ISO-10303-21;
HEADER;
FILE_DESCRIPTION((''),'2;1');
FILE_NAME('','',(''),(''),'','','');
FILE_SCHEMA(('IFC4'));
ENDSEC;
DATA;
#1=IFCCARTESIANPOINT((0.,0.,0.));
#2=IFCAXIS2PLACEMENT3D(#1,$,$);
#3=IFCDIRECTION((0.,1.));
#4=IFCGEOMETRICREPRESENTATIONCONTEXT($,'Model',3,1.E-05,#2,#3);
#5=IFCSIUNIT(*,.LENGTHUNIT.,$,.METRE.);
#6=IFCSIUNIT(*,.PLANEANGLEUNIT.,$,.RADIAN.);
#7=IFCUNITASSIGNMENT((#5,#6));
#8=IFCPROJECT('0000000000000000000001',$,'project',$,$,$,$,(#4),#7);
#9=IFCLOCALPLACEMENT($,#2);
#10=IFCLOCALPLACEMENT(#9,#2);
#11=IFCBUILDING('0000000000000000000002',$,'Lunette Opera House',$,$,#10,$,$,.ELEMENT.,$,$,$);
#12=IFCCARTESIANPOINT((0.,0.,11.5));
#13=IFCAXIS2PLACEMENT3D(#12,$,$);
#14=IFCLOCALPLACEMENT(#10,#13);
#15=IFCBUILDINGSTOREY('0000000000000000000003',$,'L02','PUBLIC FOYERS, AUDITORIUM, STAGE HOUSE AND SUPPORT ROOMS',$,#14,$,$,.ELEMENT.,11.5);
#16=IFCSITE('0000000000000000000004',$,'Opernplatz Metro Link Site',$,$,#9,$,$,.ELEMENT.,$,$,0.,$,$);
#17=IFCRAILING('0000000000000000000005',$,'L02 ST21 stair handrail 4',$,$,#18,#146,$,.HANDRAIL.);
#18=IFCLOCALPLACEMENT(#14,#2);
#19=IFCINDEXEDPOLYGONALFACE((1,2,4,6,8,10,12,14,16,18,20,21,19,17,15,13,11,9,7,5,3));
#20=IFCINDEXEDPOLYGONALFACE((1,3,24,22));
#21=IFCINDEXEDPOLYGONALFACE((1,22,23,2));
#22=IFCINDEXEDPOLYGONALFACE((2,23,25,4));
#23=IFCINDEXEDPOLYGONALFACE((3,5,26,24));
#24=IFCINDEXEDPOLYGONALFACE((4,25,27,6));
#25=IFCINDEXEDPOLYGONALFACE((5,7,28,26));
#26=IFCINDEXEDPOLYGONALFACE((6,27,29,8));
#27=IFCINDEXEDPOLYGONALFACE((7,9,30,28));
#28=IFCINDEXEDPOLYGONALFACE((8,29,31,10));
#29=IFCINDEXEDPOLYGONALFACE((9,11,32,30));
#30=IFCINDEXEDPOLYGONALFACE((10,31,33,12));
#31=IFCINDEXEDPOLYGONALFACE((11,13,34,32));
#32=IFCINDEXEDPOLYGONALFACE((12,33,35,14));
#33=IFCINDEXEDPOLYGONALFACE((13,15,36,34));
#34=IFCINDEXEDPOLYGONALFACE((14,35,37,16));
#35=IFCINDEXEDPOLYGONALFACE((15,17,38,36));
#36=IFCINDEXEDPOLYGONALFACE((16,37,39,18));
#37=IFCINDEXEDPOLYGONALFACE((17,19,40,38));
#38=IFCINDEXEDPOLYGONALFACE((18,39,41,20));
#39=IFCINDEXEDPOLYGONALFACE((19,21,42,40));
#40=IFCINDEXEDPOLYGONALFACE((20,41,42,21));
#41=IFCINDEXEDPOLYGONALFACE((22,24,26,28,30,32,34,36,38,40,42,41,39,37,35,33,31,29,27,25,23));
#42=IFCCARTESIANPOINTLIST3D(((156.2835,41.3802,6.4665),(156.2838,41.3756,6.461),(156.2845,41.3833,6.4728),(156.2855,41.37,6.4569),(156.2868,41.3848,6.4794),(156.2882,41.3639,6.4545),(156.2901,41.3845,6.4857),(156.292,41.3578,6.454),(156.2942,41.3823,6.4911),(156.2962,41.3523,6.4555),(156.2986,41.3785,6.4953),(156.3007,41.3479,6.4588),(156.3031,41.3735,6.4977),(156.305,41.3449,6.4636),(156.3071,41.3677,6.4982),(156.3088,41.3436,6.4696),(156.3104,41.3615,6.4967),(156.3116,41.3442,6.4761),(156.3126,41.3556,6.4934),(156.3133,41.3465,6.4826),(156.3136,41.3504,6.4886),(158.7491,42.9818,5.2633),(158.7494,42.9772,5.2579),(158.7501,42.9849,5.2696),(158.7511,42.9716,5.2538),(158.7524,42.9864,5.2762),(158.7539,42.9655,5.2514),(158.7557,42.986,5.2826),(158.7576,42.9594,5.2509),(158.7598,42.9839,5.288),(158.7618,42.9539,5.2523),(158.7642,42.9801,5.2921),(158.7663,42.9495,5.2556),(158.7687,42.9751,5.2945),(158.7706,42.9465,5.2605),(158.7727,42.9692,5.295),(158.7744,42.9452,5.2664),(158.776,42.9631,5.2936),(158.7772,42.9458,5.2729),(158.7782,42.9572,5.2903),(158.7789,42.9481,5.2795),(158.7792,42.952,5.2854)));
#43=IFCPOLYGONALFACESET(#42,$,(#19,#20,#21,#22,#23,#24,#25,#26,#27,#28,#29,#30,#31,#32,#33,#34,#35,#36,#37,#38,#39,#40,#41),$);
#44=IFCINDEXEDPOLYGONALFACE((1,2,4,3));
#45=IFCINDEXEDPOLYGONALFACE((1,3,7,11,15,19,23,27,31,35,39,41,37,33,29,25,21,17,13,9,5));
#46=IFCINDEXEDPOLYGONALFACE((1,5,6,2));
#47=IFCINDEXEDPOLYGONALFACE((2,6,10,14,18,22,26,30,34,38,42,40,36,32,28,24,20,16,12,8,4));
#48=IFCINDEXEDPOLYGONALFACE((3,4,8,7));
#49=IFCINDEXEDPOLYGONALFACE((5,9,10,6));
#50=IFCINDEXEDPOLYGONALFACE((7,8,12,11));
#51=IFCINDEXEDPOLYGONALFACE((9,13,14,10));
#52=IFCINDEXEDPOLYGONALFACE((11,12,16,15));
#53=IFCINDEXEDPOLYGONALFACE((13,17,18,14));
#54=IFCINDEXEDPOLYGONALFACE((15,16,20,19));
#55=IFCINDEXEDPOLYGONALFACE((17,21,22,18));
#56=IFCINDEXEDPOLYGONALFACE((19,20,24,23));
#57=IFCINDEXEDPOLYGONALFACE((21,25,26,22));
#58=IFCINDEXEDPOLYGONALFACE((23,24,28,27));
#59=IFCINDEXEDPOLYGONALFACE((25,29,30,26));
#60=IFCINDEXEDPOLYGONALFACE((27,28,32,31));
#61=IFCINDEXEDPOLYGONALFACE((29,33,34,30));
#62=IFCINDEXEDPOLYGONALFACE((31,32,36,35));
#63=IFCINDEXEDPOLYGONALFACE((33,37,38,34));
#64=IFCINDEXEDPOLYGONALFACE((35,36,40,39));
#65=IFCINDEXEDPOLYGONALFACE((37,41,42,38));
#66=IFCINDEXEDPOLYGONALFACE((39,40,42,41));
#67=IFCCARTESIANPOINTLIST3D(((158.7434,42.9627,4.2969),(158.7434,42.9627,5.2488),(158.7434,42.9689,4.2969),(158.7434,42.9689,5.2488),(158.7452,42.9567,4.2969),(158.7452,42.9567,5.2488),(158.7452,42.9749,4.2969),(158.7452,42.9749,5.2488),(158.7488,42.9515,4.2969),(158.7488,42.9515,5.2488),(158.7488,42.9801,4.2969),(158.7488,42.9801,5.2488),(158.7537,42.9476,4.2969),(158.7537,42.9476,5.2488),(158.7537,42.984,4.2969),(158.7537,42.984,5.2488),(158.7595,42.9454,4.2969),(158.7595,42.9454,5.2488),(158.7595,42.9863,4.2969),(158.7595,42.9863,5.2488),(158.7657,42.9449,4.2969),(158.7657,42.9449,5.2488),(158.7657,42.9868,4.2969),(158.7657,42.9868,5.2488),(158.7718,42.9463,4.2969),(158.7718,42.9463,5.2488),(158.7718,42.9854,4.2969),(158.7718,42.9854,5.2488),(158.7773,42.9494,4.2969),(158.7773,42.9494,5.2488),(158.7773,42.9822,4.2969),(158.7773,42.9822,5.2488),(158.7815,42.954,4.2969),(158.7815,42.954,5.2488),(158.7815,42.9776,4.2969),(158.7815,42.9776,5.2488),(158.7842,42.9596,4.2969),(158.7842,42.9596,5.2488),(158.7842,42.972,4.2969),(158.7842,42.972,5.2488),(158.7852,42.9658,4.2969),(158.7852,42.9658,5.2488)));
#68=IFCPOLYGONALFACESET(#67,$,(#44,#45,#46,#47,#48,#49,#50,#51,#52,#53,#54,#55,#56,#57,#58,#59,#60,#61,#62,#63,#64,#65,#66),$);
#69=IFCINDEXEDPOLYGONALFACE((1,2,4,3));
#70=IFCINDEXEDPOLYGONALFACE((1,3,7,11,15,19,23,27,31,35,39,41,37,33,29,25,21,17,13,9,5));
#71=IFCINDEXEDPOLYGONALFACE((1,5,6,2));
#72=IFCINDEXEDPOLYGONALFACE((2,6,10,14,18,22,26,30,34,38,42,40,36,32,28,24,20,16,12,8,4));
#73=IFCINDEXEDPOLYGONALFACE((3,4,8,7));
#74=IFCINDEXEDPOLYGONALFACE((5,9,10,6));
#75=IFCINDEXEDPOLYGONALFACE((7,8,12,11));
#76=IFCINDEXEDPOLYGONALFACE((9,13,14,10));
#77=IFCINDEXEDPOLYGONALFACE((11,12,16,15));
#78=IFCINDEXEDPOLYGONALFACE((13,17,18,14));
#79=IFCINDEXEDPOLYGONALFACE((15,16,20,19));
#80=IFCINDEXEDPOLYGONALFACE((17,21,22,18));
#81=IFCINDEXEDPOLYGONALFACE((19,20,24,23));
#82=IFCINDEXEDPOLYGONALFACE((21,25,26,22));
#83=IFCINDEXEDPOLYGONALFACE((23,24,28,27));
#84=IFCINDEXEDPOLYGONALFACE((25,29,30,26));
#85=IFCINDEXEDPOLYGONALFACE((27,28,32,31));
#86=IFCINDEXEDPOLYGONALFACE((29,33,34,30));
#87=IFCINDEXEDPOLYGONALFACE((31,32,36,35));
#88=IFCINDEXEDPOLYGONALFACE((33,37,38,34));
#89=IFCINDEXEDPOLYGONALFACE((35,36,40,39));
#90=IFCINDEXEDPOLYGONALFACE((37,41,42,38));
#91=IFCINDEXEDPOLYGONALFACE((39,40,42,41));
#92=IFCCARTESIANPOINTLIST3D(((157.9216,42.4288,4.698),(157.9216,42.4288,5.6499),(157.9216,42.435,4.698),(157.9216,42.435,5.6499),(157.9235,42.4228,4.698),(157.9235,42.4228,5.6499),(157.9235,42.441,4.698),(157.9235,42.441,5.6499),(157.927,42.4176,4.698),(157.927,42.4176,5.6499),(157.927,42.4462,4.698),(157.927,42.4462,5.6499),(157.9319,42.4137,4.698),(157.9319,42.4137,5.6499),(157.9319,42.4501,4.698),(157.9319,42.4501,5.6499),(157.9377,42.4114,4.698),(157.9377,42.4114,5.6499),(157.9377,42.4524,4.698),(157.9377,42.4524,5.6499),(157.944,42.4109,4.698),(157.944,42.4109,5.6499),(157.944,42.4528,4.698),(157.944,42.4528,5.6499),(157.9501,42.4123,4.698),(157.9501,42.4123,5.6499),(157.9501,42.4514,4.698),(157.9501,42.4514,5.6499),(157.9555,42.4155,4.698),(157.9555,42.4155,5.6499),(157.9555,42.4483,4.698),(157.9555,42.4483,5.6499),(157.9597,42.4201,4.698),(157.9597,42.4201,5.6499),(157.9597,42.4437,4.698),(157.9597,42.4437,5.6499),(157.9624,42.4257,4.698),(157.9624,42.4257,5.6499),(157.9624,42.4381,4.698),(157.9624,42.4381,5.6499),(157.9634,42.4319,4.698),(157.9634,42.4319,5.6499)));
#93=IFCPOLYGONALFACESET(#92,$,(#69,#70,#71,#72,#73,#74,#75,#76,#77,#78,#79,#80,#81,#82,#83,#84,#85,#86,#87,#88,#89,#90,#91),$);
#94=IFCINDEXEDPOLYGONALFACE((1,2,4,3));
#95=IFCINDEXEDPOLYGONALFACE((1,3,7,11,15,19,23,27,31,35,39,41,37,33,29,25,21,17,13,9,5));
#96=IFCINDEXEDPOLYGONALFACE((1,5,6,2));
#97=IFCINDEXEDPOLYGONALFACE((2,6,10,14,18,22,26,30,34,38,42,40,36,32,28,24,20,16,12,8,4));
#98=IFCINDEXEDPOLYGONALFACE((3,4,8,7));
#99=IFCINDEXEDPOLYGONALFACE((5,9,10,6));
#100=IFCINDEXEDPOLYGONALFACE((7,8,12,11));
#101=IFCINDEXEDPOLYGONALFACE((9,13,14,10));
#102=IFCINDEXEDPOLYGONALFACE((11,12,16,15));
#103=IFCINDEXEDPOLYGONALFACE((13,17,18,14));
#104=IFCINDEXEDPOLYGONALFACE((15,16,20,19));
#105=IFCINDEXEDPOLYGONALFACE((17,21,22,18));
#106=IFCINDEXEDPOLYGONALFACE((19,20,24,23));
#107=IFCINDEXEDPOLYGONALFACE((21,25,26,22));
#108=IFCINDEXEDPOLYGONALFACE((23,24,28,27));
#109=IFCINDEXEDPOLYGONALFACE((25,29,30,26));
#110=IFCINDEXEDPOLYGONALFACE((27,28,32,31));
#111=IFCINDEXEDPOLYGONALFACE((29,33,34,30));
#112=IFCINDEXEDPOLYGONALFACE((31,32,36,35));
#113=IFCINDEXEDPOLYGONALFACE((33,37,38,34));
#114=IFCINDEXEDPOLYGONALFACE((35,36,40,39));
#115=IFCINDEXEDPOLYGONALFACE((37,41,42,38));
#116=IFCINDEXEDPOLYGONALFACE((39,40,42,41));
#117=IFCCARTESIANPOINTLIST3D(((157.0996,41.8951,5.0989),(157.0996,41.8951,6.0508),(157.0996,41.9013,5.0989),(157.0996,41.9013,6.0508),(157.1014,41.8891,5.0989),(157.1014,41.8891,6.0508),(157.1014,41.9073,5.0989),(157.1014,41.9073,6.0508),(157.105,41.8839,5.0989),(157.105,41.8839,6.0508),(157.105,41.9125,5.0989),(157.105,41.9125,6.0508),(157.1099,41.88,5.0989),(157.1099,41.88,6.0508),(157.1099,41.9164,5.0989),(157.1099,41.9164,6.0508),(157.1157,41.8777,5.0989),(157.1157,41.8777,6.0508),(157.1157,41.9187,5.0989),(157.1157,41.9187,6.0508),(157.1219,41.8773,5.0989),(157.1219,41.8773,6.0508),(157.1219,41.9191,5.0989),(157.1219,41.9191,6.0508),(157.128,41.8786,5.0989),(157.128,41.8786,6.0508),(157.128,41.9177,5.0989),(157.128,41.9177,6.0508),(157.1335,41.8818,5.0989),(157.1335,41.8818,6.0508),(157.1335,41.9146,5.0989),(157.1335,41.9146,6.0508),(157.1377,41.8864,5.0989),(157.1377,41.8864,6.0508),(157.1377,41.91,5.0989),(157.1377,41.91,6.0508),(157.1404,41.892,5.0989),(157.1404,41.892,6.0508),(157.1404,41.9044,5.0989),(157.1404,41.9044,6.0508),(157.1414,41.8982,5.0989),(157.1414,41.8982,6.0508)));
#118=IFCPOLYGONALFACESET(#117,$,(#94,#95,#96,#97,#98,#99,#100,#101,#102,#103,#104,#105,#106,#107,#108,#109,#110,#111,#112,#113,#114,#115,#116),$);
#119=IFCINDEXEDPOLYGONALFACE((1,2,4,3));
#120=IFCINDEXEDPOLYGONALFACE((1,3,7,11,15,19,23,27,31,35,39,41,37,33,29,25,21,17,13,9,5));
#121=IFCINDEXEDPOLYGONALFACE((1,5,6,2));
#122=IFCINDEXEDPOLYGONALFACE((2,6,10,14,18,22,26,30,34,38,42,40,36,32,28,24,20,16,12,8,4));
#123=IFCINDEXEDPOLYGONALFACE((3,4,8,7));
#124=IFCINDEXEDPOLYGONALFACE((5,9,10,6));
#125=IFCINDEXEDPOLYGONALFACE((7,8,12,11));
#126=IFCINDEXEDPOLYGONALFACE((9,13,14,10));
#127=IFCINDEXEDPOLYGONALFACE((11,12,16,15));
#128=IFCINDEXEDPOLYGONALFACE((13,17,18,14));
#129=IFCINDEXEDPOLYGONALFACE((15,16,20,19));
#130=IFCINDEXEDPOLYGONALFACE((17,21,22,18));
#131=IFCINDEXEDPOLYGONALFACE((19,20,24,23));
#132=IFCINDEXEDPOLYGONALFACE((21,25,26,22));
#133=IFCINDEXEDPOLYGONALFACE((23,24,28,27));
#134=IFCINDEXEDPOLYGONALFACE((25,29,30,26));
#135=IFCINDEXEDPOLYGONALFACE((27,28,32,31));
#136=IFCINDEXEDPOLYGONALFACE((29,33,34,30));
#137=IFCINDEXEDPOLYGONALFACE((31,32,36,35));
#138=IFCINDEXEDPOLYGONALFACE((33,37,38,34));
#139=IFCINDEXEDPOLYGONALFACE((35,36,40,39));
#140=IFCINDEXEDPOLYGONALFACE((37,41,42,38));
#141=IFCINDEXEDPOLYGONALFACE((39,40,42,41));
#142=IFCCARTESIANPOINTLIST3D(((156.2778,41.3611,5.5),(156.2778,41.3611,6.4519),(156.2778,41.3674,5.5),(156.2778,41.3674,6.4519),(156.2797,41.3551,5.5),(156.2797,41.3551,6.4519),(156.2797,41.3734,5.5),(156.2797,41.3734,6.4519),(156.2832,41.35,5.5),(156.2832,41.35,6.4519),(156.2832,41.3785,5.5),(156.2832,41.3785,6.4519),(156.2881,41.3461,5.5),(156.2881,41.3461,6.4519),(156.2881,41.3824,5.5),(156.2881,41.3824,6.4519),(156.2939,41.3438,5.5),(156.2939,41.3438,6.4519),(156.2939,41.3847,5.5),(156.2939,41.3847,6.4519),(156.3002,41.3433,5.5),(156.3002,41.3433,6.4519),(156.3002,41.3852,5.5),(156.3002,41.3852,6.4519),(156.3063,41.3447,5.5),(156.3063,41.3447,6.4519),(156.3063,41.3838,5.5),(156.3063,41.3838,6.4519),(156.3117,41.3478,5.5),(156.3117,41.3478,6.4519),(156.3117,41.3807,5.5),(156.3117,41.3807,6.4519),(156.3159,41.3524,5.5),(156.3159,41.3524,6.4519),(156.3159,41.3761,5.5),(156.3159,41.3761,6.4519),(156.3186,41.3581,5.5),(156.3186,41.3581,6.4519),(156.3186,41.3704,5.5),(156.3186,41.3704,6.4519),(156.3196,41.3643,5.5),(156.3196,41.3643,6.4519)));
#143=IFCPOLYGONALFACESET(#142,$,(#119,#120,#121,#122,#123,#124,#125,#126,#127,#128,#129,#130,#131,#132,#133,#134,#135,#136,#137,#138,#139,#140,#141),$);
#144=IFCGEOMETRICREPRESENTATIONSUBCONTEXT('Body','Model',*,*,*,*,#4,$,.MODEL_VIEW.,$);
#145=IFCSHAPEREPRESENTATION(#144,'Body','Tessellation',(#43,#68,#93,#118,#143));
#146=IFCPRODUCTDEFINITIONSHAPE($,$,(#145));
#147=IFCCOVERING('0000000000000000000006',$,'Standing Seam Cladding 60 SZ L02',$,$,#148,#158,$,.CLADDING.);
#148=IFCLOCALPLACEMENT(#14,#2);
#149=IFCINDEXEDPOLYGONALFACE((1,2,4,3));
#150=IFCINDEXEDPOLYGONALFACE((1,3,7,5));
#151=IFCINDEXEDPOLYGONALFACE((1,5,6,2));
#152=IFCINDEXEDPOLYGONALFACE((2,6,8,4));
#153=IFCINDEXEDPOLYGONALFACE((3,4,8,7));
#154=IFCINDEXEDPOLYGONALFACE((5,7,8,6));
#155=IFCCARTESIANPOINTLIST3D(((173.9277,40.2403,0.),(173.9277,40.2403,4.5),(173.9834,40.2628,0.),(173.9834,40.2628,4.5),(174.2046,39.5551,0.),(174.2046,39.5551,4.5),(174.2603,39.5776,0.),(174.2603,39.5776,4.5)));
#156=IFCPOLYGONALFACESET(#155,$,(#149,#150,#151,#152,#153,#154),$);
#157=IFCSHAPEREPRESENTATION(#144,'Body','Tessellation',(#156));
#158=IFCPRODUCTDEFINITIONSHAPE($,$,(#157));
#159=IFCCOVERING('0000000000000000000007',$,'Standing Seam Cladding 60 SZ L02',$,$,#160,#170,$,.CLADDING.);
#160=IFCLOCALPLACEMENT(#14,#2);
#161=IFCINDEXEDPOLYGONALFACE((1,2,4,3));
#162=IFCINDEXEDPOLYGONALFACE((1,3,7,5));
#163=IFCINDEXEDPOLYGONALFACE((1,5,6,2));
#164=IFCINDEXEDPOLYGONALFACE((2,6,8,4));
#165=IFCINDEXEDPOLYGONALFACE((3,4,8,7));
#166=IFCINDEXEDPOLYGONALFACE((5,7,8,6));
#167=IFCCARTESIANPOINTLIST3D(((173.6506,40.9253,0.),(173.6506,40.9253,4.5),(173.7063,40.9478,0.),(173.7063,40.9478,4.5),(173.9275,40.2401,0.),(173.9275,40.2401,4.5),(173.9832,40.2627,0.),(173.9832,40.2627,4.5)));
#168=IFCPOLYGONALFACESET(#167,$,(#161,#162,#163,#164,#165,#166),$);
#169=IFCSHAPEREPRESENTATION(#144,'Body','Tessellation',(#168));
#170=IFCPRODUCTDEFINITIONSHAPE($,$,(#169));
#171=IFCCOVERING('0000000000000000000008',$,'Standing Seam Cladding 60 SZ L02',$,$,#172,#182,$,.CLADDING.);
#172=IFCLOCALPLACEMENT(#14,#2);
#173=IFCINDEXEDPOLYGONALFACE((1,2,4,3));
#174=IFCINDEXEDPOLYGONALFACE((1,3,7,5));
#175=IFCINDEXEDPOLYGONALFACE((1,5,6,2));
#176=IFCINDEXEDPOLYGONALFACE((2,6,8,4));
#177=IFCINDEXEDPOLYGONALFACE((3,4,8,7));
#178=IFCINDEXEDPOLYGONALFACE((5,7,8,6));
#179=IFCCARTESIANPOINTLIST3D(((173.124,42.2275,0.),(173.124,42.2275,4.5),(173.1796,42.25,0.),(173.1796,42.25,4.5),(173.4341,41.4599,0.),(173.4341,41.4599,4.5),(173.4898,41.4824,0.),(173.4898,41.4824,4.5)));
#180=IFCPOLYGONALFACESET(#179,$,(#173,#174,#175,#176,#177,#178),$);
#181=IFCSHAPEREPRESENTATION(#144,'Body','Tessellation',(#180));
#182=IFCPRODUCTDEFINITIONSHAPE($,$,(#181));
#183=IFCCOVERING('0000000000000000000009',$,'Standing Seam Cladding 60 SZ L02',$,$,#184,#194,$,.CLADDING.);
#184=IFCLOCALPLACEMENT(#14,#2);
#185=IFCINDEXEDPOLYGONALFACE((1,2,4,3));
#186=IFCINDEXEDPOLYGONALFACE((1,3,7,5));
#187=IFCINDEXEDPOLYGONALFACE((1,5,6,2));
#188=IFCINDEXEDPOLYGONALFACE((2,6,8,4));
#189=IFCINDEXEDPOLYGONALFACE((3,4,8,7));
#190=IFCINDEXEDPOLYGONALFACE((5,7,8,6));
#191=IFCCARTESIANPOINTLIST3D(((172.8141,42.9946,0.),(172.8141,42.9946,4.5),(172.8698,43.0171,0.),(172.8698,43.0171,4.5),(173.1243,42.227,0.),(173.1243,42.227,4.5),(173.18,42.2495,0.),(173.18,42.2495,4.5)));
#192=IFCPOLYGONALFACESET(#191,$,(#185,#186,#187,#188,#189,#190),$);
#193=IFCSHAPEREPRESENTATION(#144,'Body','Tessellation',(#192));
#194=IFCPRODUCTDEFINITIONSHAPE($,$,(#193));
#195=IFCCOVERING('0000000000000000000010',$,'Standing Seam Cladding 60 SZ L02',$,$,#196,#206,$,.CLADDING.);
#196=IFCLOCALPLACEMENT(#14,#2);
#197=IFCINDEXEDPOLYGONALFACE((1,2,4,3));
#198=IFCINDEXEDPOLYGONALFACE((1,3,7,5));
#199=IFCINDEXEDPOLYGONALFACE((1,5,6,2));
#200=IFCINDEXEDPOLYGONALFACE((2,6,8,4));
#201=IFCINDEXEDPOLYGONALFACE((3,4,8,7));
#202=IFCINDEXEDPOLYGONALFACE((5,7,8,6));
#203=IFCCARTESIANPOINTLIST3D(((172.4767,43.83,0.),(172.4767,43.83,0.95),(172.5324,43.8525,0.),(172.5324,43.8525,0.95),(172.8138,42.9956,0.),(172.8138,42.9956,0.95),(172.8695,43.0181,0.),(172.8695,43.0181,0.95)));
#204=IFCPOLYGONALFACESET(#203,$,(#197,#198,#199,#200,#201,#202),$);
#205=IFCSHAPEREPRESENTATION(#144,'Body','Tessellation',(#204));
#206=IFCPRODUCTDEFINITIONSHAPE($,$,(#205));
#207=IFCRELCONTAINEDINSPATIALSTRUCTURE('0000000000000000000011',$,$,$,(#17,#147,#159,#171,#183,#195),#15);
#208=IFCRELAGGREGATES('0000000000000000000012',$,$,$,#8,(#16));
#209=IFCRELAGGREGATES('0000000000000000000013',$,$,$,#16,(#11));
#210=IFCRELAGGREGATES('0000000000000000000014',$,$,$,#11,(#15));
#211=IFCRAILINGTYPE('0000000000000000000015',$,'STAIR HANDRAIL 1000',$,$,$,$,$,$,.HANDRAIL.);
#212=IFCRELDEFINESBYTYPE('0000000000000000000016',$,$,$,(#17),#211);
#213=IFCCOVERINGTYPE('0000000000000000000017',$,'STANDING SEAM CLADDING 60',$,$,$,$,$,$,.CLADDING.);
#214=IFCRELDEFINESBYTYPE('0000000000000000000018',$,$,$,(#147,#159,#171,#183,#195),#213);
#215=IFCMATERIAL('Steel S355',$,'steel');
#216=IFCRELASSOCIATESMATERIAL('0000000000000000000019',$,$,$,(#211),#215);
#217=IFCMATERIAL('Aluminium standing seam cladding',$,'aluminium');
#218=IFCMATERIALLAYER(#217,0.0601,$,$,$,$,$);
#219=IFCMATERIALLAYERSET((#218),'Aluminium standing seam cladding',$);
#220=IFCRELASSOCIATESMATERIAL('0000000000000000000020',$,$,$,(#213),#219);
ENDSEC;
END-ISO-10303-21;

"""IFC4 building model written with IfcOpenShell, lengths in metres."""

from ifc_helpers import new_model, si_unit, direction, frame, origin, origin_2d, place, context, subcontext, project, spatial, rectangle, circle, extrude, material, layer, layer_set, type_object, element, save


model = new_model("IFC4")

# Units and contexts
model_context = context("Model", 3, precision=1e-05, world=origin(), true_north=direction((0.0, 1.0)))
body_context = subcontext(model_context, "Body", "Model", "MODEL_VIEW")
ifc_project = project(units=[si_unit("LENGTHUNIT", "METRE"), si_unit("PLANEANGLEUNIT", "RADIAN")], contexts=[model_context])

# Site, building, storey
site_placement = place(None, origin())
site = spatial("IfcSite", under=ifc_project, at=site_placement, Name="Opernplatz Metro Link Site", CompositionType="ELEMENT", RefElevation=0.0)
building_placement = place(site_placement, origin())
building = spatial("IfcBuilding", under=site, at=building_placement, Name="Lunette Opera House", CompositionType="ELEMENT")
storey_placement = place(building_placement, frame((0.0, 0.0, 11.5)))
storey = spatial("IfcBuildingStorey", under=building, at=storey_placement, Name="L02", Description="PUBLIC FOYERS, AUDITORIUM, STAGE HOUSE AND SUPPORT ROOMS", CompositionType="ELEMENT", Elevation=11.5)

# Railing
ifc_material_1 = material(Name="Steel S355", Category="steel")
railing_type_1 = type_object("IfcRailingType", Name="STAIR HANDRAIL 1000", PredefinedType="HANDRAIL", material=ifc_material_1)
for number, where, name in (
    (1, (158.7642, 42.9658, 4.2969), "L02 ST21 stair handrail 4"),
):
    element("IfcRailing", number, at=place(storey_placement, frame(where)), inside=storey, type_object=railing_type_1, Name=name, PredefinedType="HANDRAIL", context=body_context, shape_type="SweptSolid", body=[
        extrude(circle(Radius=0.0239, at=origin_2d()), frame((0.0, 0.0, 0.9761), z_axis=(-0.776138, -0.504155, 0.378731), x_axis=(0.544734, -0.838609, 0.0)), (0.0, 0.0, 1.0), 3.1768),
        extrude(circle(Radius=0.021, at=origin_2d()), origin(), (0.0, 0.0, 1.0), 0.9519),
        extrude(circle(Radius=0.021, at=origin_2d()), frame((-0.8218, -0.5339, 0.4011)), (0.0, 0.0, 1.0), 0.9519),
        extrude(circle(Radius=0.021, at=origin_2d()), frame((-1.6438, -1.0676, 0.802)), (0.0, 0.0, 1.0), 0.9519),
        extrude(circle(Radius=0.021, at=origin_2d()), frame((-2.4656, -1.6016, 1.2031)), (0.0, 0.0, 1.0), 0.9519),
    ])

# Coverings
ifc_material_2 = material(Name="Aluminium standing seam cladding", Category="aluminium")
ifc_layer_1 = layer(ifc_material_2, 0.0601)
ifc_layer_set_1 = layer_set([ifc_layer_1], Name="Aluminium standing seam cladding")
covering_type = type_object("IfcCoveringType", Name="STANDING SEAM CLADDING 60", PredefinedType="CLADDING", material=ifc_layer_set_1)
for number, where, z_axis, x_axis, name in (
    (2, (174.094, 39.9089, 0.0), (0.0, 0.0, 1.0), (-0.374654, 0.927165, 0.0), "Standing Seam Cladding 60 SZ L02"),
    (3, (173.8169, 40.594, 0.0), (0.0, 0.0, 1.0), (-0.374654, 0.927165, 0.0), "Standing Seam Cladding 60 SZ L02"),
):
    element("IfcCovering", number, at=place(storey_placement, frame(where, z_axis=z_axis, x_axis=x_axis)), inside=storey, type_object=covering_type, Name=name, PredefinedType="CLADDING", context=body_context, shape_type="SweptSolid", body=[
        extrude(rectangle(XDim=0.739, YDim=0.0601, at=origin_2d()), origin(), (0.0, 0.0, 1.0), 4.5),
    ])
for number, where, z_axis, x_axis, name in (
    (4, (173.3069, 41.855, 0.0), (0.0, 0.0, 1.0), (-0.374671, 0.927158, 0.0), "Standing Seam Cladding 60 SZ L02"),
    (5, (172.9971, 42.6221, 0.0), (0.0, 0.0, 1.0), (-0.374671, 0.927158, 0.0), "Standing Seam Cladding 60 SZ L02"),
):
    element("IfcCovering", number, at=place(storey_placement, frame(where, z_axis=z_axis, x_axis=x_axis)), inside=storey, type_object=covering_type, Name=name, PredefinedType="CLADDING", context=body_context, shape_type="SweptSolid", body=[
        extrude(rectangle(XDim=0.8279, YDim=0.0601, at=origin_2d()), origin(), (0.0, 0.0, 1.0), 4.5),
    ])
covering_1_placement = place(storey_placement, frame((172.6731, 43.4241, 0.0), z_axis=(0.0, 0.0, 1.0), x_axis=(-0.374671, 0.927158, 0.0)))
element("IfcCovering", 6, at=covering_1_placement, inside=storey, type_object=covering_type, Name="Standing Seam Cladding 60 SZ L02", PredefinedType="CLADDING", context=body_context, shape_type="SweptSolid", body=[
    extrude(rectangle(XDim=0.8999, YDim=0.0601, at=origin_2d()), origin(), (0.0, 0.0, 1.0), 0.95),
])

save(model, "model.ifc")
